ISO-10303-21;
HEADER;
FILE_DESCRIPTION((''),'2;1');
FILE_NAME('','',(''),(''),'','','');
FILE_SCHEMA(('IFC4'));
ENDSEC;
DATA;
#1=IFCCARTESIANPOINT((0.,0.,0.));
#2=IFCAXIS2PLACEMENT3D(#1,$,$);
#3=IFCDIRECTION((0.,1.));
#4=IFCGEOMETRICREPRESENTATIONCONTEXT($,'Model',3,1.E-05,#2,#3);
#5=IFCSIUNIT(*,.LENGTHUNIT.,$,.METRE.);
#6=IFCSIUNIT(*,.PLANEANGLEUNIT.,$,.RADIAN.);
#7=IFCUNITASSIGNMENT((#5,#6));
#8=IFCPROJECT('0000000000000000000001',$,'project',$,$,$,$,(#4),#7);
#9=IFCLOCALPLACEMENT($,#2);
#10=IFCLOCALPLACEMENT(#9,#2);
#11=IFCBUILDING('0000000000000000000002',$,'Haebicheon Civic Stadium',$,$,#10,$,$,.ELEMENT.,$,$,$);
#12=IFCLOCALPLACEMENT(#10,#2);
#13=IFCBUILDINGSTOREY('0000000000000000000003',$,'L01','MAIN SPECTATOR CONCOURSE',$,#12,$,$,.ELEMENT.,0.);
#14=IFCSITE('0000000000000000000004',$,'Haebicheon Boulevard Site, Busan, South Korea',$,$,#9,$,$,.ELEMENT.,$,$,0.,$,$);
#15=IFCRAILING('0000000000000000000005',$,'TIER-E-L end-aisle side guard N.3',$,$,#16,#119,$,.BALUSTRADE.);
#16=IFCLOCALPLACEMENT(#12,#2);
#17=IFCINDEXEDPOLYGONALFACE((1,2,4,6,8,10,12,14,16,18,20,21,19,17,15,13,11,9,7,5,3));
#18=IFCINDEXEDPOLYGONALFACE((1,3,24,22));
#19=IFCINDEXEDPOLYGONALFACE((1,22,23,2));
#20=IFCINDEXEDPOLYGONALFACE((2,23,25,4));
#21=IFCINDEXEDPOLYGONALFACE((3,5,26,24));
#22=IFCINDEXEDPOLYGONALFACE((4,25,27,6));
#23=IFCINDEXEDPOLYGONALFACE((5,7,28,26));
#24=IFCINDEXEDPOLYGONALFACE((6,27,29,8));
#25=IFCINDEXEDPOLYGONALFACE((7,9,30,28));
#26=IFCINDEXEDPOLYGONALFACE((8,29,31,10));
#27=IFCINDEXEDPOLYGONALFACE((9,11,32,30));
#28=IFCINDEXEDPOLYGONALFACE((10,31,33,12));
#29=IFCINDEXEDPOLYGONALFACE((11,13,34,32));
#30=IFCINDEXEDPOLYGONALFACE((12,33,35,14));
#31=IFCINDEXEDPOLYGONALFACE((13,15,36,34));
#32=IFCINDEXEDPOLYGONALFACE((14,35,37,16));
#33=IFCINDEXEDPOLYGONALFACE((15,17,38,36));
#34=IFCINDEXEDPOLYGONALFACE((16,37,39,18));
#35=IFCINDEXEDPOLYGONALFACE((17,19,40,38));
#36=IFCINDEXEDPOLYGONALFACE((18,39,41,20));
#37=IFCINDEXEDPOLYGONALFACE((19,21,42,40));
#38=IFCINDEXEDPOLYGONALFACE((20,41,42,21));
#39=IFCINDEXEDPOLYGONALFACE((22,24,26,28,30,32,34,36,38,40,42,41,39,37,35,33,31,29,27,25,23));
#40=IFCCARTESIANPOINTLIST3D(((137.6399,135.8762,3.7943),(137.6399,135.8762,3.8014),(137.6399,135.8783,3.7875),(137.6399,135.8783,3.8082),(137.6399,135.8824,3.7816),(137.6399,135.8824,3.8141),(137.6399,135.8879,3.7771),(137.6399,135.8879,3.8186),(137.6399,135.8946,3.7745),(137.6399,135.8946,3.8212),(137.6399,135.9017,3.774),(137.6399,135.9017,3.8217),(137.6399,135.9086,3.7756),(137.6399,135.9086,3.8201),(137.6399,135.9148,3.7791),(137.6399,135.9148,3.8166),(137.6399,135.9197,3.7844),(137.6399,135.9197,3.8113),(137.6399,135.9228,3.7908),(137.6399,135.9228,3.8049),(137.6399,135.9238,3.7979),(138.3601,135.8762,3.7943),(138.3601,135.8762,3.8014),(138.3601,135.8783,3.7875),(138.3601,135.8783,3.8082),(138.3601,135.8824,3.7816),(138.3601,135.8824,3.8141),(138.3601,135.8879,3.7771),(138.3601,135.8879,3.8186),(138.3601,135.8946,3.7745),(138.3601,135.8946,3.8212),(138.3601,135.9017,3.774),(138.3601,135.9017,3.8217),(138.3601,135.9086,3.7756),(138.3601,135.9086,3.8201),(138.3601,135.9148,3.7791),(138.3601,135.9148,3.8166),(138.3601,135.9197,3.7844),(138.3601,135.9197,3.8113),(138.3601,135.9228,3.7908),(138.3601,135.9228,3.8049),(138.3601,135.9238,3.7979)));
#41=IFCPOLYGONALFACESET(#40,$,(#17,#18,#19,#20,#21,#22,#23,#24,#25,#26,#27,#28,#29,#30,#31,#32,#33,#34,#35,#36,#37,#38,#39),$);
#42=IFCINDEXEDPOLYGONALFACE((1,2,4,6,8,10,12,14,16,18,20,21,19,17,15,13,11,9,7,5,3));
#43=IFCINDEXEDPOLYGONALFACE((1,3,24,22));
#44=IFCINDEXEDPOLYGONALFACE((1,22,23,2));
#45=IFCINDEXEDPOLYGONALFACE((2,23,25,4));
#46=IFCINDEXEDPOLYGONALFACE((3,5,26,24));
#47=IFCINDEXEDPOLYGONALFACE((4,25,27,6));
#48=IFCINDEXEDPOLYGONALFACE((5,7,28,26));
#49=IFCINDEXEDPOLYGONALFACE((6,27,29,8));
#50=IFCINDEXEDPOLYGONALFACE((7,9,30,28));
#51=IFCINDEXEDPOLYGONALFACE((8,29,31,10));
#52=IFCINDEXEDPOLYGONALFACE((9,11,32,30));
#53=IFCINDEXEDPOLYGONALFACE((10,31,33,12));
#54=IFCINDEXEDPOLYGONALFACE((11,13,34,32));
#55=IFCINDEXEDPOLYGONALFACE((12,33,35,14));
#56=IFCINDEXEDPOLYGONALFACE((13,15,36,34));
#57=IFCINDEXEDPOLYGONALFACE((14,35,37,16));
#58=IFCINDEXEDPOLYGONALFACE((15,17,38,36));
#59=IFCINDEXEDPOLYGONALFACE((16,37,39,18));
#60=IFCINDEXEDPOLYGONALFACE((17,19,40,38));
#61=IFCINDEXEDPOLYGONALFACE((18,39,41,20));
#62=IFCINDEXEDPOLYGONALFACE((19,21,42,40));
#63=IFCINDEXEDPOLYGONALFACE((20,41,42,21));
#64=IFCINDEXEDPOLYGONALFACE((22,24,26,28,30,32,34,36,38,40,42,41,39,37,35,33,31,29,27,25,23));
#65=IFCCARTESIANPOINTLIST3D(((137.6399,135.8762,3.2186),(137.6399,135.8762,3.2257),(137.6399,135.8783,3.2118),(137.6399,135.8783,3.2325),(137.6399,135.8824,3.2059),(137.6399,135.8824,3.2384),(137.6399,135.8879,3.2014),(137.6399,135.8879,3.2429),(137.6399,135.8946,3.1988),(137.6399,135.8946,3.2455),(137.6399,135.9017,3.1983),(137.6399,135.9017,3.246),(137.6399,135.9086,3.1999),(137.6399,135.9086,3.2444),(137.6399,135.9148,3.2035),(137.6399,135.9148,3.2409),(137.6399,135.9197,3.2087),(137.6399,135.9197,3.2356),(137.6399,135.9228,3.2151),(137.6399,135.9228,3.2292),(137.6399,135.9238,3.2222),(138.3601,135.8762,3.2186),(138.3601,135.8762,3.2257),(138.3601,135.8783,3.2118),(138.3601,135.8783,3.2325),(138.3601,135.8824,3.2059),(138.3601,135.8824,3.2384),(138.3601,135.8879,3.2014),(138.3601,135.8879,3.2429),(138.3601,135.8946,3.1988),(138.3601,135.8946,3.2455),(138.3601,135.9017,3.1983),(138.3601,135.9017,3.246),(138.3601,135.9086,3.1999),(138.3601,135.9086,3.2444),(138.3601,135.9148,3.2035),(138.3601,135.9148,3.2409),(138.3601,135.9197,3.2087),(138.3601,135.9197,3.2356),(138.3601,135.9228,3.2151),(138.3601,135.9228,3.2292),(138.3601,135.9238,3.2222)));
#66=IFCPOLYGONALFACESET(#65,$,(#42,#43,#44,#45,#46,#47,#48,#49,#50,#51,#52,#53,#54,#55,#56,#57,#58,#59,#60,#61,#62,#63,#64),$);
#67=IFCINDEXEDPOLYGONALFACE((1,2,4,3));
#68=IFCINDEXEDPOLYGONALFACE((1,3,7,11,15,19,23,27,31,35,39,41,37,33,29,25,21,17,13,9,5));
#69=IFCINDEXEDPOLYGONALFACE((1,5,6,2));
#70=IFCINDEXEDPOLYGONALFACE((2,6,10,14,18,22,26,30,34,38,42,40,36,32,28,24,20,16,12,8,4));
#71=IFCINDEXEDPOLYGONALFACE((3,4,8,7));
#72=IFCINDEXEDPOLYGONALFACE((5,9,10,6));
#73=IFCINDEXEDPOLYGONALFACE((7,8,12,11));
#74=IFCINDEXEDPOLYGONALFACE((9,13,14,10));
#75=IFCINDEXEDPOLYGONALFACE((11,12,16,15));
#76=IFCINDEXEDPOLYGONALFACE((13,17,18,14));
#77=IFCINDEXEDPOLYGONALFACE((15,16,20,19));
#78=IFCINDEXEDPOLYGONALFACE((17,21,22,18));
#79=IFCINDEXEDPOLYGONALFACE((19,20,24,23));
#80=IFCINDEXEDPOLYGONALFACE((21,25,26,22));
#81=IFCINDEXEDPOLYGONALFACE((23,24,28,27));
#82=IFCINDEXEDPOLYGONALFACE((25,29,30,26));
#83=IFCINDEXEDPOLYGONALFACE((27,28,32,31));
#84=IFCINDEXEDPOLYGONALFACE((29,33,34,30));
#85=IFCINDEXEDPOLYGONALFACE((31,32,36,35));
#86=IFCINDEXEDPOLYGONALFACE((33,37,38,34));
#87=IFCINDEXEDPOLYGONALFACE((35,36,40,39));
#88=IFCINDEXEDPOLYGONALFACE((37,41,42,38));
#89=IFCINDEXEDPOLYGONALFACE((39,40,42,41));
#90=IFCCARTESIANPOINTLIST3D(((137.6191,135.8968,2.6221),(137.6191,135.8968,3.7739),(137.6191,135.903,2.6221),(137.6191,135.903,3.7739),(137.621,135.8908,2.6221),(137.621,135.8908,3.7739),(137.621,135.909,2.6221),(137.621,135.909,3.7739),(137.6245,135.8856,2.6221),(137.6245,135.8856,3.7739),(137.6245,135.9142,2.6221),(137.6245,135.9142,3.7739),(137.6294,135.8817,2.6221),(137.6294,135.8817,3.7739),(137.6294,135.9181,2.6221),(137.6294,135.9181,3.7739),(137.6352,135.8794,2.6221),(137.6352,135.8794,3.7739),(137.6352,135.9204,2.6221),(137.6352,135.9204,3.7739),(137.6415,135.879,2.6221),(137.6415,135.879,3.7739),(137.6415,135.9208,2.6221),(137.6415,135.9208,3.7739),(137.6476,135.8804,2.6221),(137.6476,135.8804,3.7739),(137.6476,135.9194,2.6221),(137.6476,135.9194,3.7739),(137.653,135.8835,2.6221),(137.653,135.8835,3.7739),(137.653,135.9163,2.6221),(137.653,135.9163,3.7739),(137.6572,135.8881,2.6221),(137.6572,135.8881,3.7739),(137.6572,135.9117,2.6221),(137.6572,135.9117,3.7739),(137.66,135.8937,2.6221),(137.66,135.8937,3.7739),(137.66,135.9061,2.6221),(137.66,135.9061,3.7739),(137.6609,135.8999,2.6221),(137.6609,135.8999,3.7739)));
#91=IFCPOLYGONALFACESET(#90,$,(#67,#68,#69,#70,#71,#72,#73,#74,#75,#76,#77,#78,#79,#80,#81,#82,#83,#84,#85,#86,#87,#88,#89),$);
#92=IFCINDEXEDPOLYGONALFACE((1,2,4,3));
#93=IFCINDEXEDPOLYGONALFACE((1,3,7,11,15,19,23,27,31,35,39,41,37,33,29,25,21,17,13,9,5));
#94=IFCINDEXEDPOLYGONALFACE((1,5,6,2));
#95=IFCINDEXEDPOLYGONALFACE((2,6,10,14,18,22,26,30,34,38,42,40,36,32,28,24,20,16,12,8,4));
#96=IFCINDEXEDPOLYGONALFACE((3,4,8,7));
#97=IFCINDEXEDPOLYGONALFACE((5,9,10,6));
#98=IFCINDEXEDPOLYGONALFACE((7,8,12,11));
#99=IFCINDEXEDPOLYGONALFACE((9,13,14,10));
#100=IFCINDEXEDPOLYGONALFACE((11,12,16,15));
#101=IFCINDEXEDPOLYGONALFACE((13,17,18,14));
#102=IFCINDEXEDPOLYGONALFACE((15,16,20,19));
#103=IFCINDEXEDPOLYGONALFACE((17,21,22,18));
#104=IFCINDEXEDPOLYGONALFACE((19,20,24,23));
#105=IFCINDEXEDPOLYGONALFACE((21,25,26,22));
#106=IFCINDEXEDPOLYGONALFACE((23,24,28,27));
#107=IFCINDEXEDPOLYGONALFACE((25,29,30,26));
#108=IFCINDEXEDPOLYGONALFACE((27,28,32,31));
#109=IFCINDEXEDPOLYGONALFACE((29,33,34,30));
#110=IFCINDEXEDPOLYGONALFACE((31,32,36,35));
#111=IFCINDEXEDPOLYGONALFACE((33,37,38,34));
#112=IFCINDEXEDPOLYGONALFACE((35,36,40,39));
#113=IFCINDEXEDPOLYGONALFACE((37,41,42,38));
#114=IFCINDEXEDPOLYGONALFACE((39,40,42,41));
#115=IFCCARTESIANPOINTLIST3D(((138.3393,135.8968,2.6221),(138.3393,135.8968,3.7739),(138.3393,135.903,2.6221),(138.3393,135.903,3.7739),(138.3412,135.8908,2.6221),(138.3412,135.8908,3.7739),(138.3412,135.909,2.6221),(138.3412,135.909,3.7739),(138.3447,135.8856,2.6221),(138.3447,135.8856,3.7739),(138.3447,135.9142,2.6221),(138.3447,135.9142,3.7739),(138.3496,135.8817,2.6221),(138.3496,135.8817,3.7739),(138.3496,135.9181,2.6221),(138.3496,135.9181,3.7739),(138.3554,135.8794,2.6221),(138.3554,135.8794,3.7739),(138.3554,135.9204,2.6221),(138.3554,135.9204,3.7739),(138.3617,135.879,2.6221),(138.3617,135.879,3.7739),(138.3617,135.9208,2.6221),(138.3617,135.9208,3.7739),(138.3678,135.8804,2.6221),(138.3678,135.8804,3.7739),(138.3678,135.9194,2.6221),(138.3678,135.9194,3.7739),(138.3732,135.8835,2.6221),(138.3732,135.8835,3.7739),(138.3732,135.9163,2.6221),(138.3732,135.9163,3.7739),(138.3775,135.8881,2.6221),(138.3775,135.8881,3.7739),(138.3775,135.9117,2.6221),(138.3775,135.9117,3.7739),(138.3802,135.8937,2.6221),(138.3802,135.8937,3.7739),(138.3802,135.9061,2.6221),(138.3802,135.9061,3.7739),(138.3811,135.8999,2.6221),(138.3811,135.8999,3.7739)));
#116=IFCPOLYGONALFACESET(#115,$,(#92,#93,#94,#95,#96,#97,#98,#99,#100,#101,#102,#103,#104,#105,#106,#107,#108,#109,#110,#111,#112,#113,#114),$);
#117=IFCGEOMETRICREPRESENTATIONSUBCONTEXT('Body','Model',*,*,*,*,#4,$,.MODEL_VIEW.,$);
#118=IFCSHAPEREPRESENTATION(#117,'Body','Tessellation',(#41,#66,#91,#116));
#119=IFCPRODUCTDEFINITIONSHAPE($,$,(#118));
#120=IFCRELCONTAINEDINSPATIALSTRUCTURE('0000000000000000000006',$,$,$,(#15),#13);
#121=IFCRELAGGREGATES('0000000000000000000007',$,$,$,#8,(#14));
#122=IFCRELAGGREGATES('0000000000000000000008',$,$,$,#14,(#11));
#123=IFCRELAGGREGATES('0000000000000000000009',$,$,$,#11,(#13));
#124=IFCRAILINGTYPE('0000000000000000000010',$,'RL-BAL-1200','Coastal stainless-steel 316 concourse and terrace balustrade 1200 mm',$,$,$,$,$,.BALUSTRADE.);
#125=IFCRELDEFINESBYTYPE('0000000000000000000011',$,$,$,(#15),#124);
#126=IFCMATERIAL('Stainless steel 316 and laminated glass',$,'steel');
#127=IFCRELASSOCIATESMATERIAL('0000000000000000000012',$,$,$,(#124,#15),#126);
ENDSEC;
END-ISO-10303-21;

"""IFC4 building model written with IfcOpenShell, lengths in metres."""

from ifc_helpers import new_model, si_unit, direction, frame, origin, origin_2d, place, context, subcontext, project, spatial, circle, extrude, material, type_object, element, save


model = new_model("IFC4")

# Units and contexts
model_context = context("Model", 3, precision=1e-05, world=origin(), true_north=direction((0.0, 1.0)))
body_context = subcontext(model_context, "Body", "Model", "MODEL_VIEW")
ifc_project = project(units=[si_unit("LENGTHUNIT", "METRE"), si_unit("PLANEANGLEUNIT", "RADIAN")], contexts=[model_context])

# Site, building, storey
site_placement = place(None, origin())
site = spatial("IfcSite", under=ifc_project, at=site_placement, Name="Haebicheon Boulevard Site, Busan, South Korea", CompositionType="ELEMENT", RefElevation=0.0)
building_placement = place(site_placement, origin())
building = spatial("IfcBuilding", under=site, at=building_placement, Name="Haebicheon Civic Stadium", CompositionType="ELEMENT")
storey_placement = place(building_placement, origin())
storey = spatial("IfcBuildingStorey", under=building, at=storey_placement, Name="L01", Description="MAIN SPECTATOR CONCOURSE", CompositionType="ELEMENT", Elevation=0.0)

# Railing
ifc_material_1 = material(Name="Stainless steel 316 and laminated glass", Category="steel")
railing_type = type_object("IfcRailingType", Name="RL-BAL-1200", Description="Coastal stainless-steel 316 concourse and terrace balustrade 1200 mm", PredefinedType="BALUSTRADE", material=ifc_material_1)
railing_1_placement = place(storey_placement, frame((137.6399, 135.8999, 2.6221)))
element("IfcRailing", 1, at=railing_1_placement, inside=storey, type_object=railing_type, material=ifc_material_1, Name="TIER-E-L end-aisle side guard N.3", PredefinedType="BALUSTRADE", context=body_context, shape_type="SweptSolid", body=[
    extrude(circle(Radius=0.0239, at=origin_2d()), frame((0.0, 0.0, 1.1758), z_axis=(1.0, 0.0, 0.0), x_axis=(0.0, 1.0, 0.0)), (0.0, 0.0, 1.0), 0.7202),
    extrude(circle(Radius=0.0239, at=origin_2d()), frame((0.0, 0.0, 0.6001), z_axis=(1.0, 0.0, 0.0), x_axis=(0.0, 1.0, 0.0)), (0.0, 0.0, 1.0), 0.7202),
    extrude(circle(Radius=0.021, at=origin_2d()), origin(), (0.0, 0.0, 1.0), 1.1519),
    extrude(circle(Radius=0.021, at=origin_2d()), frame((0.7202, 0.0, 0.0)), (0.0, 0.0, 1.0), 1.1519),
])

save(model, "model.ifc")
